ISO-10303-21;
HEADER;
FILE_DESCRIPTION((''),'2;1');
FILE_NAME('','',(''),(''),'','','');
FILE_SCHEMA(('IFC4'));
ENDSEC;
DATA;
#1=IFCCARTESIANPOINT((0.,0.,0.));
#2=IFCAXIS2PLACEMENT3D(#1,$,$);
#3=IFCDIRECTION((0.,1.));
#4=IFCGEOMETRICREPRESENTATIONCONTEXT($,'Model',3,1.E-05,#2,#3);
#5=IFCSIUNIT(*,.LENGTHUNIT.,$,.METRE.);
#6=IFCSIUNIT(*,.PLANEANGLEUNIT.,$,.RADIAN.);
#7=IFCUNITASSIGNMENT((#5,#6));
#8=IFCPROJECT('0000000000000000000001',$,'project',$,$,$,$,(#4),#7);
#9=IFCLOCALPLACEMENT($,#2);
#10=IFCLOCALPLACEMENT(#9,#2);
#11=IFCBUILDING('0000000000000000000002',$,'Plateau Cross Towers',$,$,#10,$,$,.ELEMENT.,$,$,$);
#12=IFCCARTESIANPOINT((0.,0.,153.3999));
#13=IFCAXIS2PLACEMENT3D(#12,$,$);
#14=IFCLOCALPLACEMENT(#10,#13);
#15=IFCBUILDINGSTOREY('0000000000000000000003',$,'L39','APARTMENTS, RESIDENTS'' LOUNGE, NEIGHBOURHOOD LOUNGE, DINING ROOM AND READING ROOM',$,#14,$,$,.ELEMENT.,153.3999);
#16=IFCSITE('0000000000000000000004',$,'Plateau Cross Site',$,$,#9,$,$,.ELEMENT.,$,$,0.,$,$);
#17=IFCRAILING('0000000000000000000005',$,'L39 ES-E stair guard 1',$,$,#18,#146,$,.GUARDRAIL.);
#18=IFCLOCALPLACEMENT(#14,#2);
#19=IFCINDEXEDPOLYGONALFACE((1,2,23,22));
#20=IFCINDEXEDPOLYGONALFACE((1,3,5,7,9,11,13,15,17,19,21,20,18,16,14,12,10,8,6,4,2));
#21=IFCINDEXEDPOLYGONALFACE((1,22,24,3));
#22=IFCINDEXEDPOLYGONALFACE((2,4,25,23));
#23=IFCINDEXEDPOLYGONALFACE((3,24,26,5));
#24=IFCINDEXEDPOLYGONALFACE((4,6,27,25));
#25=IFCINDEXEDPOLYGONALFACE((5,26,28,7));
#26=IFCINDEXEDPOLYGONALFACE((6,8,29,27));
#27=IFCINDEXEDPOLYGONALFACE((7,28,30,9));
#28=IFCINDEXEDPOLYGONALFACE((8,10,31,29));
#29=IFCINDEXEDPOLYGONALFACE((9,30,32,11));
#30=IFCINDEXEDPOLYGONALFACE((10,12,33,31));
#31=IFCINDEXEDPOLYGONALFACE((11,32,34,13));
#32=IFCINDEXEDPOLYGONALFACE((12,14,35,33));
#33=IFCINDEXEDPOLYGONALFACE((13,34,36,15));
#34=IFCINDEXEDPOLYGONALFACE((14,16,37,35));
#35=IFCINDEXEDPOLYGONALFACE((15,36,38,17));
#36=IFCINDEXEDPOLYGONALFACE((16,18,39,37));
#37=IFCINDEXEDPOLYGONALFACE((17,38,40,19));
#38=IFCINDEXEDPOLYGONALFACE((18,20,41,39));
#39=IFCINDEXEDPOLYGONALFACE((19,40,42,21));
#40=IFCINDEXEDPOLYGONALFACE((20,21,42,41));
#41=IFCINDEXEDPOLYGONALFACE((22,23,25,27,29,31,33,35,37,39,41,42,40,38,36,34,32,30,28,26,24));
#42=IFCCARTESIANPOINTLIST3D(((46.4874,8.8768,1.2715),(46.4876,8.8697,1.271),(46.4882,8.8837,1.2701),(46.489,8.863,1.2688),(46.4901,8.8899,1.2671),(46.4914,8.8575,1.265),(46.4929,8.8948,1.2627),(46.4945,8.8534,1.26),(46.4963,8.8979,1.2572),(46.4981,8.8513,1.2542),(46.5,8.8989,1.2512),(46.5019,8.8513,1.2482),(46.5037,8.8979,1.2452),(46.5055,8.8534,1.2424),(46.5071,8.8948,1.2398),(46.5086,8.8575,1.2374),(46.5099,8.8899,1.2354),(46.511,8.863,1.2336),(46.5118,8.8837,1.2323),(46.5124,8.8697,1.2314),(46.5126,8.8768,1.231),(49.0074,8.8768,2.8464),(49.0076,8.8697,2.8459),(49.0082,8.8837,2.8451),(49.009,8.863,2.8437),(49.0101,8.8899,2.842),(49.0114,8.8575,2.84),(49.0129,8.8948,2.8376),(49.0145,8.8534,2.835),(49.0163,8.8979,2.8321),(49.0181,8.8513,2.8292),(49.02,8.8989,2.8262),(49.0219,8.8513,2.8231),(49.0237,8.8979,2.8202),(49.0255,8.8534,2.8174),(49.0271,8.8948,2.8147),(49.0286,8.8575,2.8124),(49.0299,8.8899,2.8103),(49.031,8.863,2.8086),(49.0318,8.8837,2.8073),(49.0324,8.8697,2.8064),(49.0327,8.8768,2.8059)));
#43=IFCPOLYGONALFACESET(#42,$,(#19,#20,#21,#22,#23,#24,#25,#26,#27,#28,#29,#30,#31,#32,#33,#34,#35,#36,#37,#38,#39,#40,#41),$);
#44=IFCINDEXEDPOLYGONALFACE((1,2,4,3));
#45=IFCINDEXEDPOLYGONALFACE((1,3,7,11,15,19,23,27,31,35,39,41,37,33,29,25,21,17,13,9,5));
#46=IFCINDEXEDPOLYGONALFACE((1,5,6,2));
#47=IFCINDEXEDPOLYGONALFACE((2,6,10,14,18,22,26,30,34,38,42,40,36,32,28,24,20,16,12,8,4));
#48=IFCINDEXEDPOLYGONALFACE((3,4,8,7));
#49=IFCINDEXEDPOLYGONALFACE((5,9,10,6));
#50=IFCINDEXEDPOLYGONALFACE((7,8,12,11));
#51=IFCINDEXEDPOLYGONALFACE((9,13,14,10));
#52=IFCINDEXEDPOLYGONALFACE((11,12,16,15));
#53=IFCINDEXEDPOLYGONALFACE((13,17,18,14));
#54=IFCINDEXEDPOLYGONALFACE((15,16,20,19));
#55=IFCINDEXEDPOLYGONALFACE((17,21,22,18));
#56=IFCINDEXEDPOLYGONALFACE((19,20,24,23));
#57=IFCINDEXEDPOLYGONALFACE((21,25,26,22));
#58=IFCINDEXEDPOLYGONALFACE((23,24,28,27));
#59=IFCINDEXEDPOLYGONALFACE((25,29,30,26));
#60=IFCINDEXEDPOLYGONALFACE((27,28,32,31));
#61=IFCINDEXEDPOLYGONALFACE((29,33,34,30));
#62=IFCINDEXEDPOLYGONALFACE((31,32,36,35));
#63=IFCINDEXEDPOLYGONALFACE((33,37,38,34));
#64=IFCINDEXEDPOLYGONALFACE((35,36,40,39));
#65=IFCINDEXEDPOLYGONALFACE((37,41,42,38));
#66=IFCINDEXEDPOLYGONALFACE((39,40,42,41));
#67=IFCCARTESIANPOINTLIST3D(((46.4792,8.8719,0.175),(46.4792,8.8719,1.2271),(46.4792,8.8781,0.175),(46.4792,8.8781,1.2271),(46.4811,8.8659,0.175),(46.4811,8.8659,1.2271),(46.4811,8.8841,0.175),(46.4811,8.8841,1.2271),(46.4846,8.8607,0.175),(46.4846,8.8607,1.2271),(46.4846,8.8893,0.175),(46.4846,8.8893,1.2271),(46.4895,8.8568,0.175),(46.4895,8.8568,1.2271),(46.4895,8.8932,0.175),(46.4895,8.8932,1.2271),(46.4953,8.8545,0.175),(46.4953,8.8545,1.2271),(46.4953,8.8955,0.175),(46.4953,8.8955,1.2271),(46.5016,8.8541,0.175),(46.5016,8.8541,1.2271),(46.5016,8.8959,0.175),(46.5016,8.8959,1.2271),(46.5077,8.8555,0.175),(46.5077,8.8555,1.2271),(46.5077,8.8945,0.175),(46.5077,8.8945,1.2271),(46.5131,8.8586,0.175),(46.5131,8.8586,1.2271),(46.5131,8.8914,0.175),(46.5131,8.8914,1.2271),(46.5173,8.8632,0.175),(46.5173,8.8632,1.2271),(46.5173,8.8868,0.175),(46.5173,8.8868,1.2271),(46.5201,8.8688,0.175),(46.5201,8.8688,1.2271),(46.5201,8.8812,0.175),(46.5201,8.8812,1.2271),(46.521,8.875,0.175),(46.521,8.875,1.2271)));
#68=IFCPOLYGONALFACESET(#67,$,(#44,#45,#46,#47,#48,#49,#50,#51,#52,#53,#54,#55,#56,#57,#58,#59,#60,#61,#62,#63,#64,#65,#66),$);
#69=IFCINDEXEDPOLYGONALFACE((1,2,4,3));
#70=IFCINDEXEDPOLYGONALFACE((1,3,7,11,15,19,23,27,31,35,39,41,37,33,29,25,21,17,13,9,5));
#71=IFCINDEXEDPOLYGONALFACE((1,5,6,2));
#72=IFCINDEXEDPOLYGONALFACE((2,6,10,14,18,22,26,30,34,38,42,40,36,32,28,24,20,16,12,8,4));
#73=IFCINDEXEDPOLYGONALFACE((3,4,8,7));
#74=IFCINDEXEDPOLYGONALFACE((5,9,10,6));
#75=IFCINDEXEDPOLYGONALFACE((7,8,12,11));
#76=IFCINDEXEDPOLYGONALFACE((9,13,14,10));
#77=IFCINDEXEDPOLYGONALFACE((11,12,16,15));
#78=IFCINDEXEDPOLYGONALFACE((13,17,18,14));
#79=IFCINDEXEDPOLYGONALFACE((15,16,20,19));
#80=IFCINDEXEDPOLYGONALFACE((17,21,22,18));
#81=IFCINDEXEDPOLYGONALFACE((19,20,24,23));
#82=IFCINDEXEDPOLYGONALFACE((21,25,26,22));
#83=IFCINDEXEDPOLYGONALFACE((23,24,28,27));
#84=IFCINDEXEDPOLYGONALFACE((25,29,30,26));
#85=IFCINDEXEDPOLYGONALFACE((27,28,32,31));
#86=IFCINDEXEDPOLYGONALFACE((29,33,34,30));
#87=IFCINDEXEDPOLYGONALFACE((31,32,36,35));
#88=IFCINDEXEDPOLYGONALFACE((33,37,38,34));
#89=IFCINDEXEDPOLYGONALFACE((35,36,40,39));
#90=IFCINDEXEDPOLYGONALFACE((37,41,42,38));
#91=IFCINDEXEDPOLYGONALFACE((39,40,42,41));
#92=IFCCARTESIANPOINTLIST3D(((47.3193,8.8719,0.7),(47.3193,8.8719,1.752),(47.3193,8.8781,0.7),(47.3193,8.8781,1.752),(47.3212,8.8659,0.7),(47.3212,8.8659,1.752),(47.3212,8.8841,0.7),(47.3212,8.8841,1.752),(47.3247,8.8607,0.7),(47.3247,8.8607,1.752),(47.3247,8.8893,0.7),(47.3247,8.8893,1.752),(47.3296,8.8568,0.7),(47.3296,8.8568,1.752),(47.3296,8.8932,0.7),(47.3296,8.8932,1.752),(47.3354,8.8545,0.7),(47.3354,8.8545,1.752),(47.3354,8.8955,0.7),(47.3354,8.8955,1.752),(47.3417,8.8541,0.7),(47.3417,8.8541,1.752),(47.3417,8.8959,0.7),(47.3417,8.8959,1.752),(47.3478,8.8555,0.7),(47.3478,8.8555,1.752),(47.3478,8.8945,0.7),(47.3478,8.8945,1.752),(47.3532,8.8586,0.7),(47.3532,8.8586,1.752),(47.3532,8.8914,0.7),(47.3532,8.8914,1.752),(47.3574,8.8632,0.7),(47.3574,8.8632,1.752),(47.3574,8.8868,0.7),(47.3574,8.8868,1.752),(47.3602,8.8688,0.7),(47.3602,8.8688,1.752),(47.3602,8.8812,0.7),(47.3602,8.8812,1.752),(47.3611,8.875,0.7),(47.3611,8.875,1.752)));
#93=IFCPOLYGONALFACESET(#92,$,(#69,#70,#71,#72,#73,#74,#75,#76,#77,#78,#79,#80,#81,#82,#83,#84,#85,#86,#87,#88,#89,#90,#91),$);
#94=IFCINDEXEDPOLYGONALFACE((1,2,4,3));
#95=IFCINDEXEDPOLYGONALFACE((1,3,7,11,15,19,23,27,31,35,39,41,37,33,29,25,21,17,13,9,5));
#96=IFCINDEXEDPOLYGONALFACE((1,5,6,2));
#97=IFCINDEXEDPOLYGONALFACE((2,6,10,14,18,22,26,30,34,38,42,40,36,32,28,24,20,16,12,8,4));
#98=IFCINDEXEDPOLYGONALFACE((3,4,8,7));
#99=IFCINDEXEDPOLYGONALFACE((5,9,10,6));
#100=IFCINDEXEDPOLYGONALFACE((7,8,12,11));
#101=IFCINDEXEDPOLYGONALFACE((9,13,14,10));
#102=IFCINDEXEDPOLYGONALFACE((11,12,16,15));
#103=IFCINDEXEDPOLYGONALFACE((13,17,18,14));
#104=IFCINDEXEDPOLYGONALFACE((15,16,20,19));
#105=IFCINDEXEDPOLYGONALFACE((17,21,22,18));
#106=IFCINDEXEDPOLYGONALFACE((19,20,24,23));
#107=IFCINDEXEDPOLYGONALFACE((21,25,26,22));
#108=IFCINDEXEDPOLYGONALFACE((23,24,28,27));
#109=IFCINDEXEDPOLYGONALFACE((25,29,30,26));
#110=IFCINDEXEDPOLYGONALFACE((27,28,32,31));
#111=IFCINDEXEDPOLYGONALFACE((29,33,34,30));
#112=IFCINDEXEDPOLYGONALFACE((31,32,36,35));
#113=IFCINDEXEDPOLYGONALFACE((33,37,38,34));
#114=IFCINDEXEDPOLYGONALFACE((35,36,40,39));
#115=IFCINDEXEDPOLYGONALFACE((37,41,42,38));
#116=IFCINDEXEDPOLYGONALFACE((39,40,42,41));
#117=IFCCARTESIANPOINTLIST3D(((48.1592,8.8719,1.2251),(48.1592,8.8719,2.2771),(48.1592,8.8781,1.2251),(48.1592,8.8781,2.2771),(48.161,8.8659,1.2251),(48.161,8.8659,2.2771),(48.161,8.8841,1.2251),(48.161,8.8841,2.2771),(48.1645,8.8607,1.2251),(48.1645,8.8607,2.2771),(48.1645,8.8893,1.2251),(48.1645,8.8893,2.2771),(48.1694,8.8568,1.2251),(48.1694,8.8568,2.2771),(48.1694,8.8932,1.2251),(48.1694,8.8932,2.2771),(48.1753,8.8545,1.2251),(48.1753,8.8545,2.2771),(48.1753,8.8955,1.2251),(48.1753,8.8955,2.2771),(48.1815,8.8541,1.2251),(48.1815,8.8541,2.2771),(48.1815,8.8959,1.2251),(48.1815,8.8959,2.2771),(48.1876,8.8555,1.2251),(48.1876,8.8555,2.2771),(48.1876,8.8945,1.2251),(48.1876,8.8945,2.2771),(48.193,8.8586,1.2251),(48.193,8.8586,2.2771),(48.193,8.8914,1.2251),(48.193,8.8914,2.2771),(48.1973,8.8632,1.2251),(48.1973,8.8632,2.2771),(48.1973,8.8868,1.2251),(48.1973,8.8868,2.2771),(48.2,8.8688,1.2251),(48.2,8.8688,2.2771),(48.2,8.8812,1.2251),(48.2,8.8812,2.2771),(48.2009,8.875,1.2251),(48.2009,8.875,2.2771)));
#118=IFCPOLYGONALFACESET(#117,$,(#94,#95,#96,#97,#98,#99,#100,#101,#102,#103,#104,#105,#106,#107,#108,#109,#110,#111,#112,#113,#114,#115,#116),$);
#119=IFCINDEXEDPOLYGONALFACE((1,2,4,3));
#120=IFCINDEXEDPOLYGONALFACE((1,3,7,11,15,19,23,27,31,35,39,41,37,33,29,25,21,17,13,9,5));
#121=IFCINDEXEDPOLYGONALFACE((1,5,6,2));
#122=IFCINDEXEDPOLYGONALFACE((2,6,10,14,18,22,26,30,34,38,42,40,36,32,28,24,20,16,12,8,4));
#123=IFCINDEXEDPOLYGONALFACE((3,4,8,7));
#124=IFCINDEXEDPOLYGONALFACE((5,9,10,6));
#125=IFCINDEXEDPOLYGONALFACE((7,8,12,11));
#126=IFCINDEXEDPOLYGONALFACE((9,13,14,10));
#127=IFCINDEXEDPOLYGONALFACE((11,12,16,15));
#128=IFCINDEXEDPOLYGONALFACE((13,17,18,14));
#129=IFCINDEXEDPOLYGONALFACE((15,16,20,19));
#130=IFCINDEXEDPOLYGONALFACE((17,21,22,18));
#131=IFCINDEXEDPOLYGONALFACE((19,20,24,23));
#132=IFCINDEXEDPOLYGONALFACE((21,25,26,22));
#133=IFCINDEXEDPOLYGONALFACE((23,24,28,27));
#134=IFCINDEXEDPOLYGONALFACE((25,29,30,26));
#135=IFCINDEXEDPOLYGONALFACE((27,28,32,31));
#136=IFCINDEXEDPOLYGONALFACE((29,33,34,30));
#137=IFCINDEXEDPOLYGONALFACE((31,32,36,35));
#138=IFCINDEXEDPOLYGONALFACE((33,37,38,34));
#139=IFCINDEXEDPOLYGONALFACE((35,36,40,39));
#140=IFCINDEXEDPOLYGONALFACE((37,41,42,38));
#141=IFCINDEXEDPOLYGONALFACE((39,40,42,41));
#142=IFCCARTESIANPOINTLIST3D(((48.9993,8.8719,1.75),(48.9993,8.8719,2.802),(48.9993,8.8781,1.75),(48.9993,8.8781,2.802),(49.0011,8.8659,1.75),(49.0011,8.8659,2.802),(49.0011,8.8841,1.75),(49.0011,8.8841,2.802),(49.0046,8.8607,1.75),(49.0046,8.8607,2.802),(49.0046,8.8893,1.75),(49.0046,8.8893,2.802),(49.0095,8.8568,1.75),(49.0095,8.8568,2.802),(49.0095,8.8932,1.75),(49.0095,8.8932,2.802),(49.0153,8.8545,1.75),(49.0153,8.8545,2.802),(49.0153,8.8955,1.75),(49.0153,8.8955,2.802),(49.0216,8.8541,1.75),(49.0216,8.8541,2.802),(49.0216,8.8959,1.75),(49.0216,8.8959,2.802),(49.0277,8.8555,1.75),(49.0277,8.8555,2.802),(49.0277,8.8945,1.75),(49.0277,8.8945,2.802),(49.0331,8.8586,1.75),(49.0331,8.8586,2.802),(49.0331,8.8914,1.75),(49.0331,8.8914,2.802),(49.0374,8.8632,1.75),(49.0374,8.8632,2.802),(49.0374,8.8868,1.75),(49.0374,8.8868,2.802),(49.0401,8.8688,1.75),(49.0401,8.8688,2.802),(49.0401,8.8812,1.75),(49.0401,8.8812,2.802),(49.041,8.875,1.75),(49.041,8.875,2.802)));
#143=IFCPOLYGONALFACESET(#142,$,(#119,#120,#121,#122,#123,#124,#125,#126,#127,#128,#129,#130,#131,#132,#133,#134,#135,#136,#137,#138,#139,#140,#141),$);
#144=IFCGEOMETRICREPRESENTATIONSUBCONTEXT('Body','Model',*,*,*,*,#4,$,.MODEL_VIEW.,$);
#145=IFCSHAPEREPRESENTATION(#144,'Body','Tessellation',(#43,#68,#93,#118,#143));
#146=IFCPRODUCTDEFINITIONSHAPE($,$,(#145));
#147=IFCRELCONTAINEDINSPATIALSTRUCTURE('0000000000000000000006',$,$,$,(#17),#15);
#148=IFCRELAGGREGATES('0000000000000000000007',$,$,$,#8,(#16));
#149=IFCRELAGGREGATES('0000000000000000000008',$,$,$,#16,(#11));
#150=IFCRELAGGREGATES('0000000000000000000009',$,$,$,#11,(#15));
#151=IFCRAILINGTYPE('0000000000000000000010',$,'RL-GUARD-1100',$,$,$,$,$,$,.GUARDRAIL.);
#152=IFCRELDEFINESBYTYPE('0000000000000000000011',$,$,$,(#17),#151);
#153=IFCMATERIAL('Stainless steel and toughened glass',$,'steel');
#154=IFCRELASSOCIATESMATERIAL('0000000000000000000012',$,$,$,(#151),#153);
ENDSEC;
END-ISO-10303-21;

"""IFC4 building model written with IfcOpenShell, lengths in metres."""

from ifc_helpers import new_model, si_unit, direction, frame, origin, origin_2d, place, context, subcontext, project, spatial, circle, extrude, material, type_object, element, save


model = new_model("IFC4")

# Units and contexts
model_context = context("Model", 3, precision=1e-05, world=origin(), true_north=direction((0.0, 1.0)))
body_context = subcontext(model_context, "Body", "Model", "MODEL_VIEW")
ifc_project = project(units=[si_unit("LENGTHUNIT", "METRE"), si_unit("PLANEANGLEUNIT", "RADIAN")], contexts=[model_context])

# Site, building, storey
site_placement = place(None, origin())
site = spatial("IfcSite", under=ifc_project, at=site_placement, Name="Plateau Cross Site", CompositionType="ELEMENT", RefElevation=0.0)
building_placement = place(site_placement, origin())
building = spatial("IfcBuilding", under=site, at=building_placement, Name="Plateau Cross Towers", CompositionType="ELEMENT")
storey_placement = place(building_placement, frame((0.0, 0.0, 153.3999)))
storey = spatial("IfcBuildingStorey", under=building, at=storey_placement, Name="L39", Description="APARTMENTS, RESIDENTS' LOUNGE, NEIGHBOURHOOD LOUNGE, DINING ROOM AND READING ROOM", CompositionType="ELEMENT", Elevation=153.3999)

# Railing
ifc_material_1 = material(Name="Stainless steel and toughened glass", Category="steel")
railing_type_1 = type_object("IfcRailingType", Name="RL-GUARD-1100", PredefinedType="GUARDRAIL", material=ifc_material_1)
railing_1_placement = place(storey_placement, frame((46.5, 8.875, 0.175)))
element("IfcRailing", 1, at=railing_1_placement, inside=storey, type_object=railing_type_1, Name="L39 ES-E stair guard 1", PredefinedType="GUARDRAIL", context=body_context, shape_type="SweptSolid", body=[
    extrude(circle(Radius=0.0239, at=origin_2d()), frame((0.0, 0.0, 1.0762), z_axis=(0.848008, 0.0, 0.529984), x_axis=(0.0, 1.0, 0.0)), (0.0, 0.0, 1.0), 2.9717),
    extrude(circle(Radius=0.021, at=origin_2d()), origin(), (0.0, 0.0, 1.0), 1.052),
    extrude(circle(Radius=0.021, at=origin_2d()), frame((0.8401, 0.0, 0.5249)), (0.0, 0.0, 1.0), 1.052),
    extrude(circle(Radius=0.021, at=origin_2d()), frame((1.6799, 0.0, 1.05)), (0.0, 0.0, 1.0), 1.052),
    extrude(circle(Radius=0.021, at=origin_2d()), frame((2.52, 0.0, 1.575)), (0.0, 0.0, 1.0), 1.052),
])

save(model, "model.ifc")
